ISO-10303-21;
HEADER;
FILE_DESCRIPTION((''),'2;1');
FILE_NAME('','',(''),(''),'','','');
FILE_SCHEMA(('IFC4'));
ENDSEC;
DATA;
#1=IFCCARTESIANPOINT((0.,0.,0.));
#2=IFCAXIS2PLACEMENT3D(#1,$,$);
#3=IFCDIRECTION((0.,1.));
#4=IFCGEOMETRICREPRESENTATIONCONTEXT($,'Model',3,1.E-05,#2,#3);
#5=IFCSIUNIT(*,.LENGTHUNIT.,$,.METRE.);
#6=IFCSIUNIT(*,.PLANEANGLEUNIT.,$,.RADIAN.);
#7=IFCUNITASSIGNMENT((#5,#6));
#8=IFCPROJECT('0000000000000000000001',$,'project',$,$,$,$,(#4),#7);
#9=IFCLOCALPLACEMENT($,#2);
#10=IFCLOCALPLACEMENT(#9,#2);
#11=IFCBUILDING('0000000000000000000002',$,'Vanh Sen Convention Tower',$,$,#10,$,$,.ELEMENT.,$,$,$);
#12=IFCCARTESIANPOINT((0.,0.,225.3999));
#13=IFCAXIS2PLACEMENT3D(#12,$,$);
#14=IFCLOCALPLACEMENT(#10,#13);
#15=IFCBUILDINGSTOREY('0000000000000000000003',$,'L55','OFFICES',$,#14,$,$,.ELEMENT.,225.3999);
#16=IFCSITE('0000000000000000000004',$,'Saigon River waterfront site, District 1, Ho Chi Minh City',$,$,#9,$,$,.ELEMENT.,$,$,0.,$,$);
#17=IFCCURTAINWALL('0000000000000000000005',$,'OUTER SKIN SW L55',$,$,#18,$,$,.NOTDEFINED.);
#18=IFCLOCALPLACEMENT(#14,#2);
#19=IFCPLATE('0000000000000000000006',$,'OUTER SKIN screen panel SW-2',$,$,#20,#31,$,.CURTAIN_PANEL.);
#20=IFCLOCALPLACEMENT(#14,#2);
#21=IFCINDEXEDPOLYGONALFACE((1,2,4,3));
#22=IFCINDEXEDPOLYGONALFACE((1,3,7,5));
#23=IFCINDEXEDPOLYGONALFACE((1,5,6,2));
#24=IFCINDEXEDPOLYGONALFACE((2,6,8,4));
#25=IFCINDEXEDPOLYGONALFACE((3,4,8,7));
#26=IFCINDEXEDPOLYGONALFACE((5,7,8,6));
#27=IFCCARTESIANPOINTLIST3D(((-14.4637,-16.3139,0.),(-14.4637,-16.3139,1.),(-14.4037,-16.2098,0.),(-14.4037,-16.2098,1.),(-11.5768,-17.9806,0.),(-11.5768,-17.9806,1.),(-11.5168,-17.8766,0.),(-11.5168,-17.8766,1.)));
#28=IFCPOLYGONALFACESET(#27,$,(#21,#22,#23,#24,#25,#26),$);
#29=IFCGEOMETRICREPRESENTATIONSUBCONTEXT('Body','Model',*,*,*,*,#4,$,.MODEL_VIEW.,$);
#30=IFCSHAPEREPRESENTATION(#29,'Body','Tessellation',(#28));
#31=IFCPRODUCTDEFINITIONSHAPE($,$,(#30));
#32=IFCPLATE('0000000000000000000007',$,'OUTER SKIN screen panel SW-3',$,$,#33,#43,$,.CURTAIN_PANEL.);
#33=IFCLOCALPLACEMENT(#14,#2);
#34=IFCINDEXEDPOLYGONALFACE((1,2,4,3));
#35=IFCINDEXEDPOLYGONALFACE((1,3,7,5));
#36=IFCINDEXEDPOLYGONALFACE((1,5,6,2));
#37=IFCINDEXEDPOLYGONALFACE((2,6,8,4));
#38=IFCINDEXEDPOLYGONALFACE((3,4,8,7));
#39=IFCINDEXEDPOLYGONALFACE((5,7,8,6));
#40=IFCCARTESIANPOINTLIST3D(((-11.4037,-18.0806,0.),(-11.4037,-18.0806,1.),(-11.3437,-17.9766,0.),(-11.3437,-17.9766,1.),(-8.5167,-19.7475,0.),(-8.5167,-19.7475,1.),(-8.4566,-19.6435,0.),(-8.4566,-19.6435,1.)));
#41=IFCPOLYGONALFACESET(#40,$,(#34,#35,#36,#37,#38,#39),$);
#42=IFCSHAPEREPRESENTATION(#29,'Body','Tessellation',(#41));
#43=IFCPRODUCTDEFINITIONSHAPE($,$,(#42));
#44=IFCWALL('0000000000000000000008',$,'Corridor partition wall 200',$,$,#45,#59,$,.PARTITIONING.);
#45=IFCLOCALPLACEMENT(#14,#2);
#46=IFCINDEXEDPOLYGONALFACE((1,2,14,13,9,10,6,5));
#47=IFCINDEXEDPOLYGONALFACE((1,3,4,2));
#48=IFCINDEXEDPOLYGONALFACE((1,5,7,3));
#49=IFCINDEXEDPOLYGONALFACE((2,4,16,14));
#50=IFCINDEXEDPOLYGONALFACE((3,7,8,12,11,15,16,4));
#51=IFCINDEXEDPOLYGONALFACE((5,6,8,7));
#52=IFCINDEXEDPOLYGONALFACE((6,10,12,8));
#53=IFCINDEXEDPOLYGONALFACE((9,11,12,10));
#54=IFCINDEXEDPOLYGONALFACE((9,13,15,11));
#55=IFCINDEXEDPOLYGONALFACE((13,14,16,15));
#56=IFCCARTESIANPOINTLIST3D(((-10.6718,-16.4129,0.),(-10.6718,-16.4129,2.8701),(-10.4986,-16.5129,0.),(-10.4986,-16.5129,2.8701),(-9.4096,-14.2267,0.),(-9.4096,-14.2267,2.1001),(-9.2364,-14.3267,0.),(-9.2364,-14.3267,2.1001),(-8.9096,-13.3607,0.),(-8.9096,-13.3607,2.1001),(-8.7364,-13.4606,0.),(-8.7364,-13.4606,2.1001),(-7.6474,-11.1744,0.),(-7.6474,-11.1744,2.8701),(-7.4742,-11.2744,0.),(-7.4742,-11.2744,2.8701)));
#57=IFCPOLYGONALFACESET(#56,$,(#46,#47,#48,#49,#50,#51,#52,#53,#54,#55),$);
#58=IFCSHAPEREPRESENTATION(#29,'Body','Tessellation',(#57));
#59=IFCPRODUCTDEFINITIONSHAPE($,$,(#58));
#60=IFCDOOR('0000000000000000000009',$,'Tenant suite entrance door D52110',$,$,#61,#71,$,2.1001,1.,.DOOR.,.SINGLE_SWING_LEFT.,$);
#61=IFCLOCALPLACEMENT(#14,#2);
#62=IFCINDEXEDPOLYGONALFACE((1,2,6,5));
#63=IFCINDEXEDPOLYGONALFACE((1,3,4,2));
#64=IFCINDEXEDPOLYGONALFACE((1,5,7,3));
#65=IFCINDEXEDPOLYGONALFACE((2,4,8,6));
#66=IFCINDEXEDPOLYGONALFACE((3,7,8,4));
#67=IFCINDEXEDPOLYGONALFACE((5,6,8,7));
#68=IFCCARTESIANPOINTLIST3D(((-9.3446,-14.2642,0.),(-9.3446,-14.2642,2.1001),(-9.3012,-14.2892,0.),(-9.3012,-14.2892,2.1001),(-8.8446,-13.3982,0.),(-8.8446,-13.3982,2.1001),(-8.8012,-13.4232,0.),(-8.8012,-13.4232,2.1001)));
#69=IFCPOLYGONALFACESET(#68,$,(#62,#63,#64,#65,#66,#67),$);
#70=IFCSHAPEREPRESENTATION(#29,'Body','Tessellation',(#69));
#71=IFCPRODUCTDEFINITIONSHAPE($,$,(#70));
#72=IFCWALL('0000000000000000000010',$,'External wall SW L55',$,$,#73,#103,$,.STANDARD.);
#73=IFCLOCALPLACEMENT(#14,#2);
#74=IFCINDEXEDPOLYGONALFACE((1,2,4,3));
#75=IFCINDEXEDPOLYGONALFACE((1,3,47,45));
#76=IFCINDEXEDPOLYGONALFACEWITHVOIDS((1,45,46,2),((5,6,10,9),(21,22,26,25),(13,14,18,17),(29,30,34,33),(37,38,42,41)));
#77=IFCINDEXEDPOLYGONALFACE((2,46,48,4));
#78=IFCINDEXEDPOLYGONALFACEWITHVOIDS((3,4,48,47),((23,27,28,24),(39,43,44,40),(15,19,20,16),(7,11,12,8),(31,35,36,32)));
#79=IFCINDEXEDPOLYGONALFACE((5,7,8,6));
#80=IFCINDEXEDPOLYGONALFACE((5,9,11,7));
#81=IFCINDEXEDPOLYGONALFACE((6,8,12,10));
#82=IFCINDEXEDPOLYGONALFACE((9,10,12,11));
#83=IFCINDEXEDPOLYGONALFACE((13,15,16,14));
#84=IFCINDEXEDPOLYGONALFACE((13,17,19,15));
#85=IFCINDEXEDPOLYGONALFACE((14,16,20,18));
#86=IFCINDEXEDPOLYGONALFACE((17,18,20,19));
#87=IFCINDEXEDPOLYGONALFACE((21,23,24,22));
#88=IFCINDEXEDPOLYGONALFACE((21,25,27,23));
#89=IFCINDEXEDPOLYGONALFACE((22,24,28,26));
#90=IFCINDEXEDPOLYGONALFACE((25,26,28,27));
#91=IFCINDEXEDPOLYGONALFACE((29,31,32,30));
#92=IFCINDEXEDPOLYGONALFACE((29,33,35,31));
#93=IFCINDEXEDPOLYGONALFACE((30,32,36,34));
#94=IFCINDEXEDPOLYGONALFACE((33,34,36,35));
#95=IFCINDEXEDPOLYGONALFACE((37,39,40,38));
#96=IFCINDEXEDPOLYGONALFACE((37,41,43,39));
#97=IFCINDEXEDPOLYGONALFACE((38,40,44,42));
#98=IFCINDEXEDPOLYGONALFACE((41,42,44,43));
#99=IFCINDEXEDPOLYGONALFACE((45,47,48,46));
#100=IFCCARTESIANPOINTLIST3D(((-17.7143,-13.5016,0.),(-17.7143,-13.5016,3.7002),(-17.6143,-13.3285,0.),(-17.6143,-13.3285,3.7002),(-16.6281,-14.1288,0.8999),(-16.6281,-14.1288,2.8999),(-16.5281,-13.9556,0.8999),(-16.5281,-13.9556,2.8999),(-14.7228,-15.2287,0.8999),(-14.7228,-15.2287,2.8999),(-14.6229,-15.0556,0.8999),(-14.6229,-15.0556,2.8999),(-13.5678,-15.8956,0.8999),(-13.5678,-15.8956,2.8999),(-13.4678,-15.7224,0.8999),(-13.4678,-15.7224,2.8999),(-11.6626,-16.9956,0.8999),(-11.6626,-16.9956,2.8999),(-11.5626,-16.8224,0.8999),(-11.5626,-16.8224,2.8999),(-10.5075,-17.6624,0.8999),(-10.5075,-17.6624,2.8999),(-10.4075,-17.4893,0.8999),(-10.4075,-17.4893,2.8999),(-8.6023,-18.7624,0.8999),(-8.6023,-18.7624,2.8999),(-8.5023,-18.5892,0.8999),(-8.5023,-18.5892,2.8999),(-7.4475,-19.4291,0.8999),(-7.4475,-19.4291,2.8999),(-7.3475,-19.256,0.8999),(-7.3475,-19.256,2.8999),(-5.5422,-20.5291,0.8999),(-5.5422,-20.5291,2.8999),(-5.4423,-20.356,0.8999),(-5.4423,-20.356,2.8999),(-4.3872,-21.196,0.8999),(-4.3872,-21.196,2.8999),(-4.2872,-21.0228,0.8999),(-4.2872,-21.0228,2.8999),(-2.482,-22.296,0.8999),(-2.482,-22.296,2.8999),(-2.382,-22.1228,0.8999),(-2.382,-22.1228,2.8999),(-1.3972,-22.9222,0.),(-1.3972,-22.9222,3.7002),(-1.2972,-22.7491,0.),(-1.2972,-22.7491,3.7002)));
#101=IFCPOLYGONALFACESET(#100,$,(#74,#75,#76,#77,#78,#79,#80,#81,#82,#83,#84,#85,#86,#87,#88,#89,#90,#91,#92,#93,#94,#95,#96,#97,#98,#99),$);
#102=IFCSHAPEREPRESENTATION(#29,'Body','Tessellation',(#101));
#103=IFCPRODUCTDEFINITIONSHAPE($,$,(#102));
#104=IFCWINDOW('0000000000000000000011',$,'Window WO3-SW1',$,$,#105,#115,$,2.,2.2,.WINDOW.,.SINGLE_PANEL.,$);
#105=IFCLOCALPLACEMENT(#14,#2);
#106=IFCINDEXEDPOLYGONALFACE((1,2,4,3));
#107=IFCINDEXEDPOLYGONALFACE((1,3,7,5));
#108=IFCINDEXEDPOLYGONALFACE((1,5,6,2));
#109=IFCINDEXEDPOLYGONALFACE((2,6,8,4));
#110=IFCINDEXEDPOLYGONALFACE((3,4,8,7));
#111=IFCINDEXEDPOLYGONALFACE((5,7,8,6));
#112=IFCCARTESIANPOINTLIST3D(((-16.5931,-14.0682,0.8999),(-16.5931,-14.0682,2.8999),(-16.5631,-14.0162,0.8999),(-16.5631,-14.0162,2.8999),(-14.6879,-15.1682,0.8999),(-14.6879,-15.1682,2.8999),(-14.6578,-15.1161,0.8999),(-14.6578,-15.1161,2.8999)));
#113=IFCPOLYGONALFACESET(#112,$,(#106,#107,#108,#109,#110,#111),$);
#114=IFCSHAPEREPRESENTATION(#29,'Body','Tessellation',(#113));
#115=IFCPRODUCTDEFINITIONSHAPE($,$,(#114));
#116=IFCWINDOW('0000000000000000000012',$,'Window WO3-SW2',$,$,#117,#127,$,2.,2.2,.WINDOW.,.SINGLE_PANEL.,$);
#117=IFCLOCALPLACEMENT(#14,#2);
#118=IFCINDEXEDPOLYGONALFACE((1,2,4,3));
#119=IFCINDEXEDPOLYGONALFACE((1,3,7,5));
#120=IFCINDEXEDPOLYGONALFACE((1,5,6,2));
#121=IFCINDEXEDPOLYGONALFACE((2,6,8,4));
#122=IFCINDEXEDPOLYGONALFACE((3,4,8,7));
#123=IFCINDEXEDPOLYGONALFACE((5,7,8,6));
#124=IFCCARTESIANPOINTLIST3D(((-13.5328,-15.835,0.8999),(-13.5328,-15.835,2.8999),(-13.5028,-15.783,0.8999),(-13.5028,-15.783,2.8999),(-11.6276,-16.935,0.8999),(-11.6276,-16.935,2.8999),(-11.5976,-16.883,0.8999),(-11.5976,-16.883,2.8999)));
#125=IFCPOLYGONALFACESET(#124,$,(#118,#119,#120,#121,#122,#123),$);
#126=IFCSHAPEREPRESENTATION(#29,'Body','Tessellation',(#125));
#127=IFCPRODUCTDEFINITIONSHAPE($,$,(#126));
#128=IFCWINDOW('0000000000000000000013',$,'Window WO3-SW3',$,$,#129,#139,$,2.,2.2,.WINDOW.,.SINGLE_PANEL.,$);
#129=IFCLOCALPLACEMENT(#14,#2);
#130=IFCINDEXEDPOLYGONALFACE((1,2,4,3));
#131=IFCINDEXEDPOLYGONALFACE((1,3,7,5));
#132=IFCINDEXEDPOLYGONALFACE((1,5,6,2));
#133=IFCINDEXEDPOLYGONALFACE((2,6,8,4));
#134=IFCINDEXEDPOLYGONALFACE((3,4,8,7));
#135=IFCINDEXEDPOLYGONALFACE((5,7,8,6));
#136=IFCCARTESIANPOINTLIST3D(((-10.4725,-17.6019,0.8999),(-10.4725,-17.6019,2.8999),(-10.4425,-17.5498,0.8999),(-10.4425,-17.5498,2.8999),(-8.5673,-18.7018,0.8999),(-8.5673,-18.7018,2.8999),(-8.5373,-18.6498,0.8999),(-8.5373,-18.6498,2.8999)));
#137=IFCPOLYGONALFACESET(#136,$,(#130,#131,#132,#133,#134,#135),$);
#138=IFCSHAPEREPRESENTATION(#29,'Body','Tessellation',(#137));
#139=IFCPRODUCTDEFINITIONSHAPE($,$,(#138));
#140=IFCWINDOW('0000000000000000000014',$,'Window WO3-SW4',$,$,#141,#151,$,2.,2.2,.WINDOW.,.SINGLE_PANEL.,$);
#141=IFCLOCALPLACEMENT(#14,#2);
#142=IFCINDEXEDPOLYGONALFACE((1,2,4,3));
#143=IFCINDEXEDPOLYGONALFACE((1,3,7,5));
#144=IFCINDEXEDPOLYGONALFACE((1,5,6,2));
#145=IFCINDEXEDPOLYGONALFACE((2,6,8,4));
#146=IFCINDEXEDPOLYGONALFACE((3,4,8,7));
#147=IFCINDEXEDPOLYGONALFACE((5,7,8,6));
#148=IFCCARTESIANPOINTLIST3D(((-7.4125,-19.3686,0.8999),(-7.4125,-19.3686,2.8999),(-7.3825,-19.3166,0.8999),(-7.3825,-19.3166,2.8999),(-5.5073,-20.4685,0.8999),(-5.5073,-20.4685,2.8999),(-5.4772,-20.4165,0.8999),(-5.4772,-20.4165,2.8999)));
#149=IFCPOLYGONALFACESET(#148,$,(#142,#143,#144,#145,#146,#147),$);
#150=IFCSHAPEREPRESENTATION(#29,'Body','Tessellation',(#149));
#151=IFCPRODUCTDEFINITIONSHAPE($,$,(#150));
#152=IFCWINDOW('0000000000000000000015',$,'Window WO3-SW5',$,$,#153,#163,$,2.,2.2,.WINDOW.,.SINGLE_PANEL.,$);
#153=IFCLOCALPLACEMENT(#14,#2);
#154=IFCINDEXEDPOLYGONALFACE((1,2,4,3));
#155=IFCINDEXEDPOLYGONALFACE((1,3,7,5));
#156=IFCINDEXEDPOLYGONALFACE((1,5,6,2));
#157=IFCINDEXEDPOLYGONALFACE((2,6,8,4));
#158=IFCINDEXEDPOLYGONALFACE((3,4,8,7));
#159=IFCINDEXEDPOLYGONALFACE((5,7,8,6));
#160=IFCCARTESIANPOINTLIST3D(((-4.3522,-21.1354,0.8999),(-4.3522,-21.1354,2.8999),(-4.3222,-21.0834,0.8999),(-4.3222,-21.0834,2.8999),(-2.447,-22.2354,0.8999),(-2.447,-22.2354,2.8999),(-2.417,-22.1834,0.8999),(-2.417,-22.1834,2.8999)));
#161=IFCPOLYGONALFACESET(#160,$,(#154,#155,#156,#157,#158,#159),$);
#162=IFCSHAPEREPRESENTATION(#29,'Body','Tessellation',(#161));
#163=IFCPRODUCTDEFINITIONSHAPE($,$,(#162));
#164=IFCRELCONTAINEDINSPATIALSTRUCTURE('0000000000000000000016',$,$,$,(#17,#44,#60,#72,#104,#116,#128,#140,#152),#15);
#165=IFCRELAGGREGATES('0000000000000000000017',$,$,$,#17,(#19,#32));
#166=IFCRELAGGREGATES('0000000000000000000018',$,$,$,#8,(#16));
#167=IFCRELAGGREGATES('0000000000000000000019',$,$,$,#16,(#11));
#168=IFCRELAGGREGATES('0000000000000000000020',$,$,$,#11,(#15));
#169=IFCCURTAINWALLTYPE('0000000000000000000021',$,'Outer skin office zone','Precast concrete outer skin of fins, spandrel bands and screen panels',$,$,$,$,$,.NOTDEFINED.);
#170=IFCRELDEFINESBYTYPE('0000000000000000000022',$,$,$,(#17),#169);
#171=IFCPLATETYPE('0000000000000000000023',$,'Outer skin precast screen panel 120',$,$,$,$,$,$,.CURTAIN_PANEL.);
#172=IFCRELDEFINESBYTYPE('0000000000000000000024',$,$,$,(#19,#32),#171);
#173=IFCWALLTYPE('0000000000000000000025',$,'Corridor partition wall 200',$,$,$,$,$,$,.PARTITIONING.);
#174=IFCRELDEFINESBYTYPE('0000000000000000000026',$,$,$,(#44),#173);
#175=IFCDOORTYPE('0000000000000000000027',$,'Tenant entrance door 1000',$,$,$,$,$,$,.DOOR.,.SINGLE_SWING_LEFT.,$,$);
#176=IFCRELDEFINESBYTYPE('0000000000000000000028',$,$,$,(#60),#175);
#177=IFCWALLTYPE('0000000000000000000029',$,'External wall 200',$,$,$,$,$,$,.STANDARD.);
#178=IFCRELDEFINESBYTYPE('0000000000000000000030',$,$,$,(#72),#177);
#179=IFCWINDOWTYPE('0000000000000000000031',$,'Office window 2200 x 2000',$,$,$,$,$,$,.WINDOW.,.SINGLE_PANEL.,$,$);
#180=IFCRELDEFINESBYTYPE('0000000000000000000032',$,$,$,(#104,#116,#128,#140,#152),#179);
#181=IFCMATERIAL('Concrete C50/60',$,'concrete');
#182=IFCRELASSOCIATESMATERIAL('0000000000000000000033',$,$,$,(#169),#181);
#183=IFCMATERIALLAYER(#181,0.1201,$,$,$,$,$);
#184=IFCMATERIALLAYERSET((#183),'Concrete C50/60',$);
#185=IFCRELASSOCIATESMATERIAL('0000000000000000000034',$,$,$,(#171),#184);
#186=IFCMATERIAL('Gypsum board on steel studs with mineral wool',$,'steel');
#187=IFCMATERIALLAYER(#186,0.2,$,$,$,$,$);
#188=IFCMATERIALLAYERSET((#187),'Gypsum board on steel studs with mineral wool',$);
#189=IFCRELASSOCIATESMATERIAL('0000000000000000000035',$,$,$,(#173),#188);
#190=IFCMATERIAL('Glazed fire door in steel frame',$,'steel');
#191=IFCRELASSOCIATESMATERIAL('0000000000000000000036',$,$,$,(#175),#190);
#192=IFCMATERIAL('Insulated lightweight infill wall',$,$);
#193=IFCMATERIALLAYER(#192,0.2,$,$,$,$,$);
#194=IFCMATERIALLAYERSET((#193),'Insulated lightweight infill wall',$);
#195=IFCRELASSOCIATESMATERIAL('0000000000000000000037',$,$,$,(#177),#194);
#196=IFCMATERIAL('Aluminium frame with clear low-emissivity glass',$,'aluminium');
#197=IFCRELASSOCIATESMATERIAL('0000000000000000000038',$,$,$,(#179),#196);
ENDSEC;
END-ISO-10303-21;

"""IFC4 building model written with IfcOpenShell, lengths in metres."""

from ifc_helpers import new_model, si_unit, direction, frame, frame_2d, origin, origin_2d, place, context, subcontext, project, spatial, rectangle, extrude, material, layer, layer_set, type_object, element, fill, aggregate, save


model = new_model("IFC4")

# Units and contexts
model_context = context("Model", 3, precision=1e-05, world=origin(), true_north=direction((0.0, 1.0)))
body_context = subcontext(model_context, "Body", "Model", "MODEL_VIEW")
ifc_project = project(units=[si_unit("LENGTHUNIT", "METRE"), si_unit("PLANEANGLEUNIT", "RADIAN")], contexts=[model_context])

# Site, building, storey
site_placement = place(None, origin())
site = spatial("IfcSite", under=ifc_project, at=site_placement, Name="Saigon River waterfront site, District 1, Ho Chi Minh City", CompositionType="ELEMENT", RefElevation=0.0)
building_placement = place(site_placement, origin())
building = spatial("IfcBuilding", under=site, at=building_placement, Name="Vanh Sen Convention Tower", CompositionType="ELEMENT")
storey_placement = place(building_placement, frame((0.0, 0.0, 225.3999)))
storey = spatial("IfcBuildingStorey", under=building, at=storey_placement, Name="L55", Description="OFFICES", CompositionType="ELEMENT", Elevation=225.3999)

# Curtain wall
ifc_material_1 = material(Name="Concrete C50/60", Category="concrete")
curtain_wall_type = type_object("IfcCurtainWallType", Name="Outer skin office zone", Description="Precast concrete outer skin of fins, spandrel bands and screen panels", PredefinedType="NOTDEFINED", material=ifc_material_1)
curtain_wall_placement = place(storey_placement, origin())
curtain_wall = element("IfcCurtainWall", 1, at=curtain_wall_placement, inside=storey, type_object=curtain_wall_type, Name="OUTER SKIN SW L55", PredefinedType="NOTDEFINED")

# Plates
ifc_layer_1 = layer(ifc_material_1, 0.1201)
ifc_layer_set_1 = layer_set([ifc_layer_1], Name="Concrete C50/60")
plate_type = type_object("IfcPlateType", Name="Outer skin precast screen panel 120", PredefinedType="CURTAIN_PANEL", material=ifc_layer_set_1)
plate_1_placement = place(storey_placement, frame((-12.9902, -17.0952, 0.0), z_axis=(0.0, 0.0, 1.0), x_axis=(0.866026, -0.499998, 0.0)))
plate_1 = element("IfcPlate", 2, at=plate_1_placement, type_object=plate_type, Name="OUTER SKIN screen panel SW-2", PredefinedType="CURTAIN_PANEL", context=body_context, shape_type="SweptSolid", body=[
    extrude(rectangle(XDim=3.3335, YDim=0.1201, at=origin_2d()), origin(), (0.0, 0.0, 1.0), 1.0),
])
plate_2_placement = place(storey_placement, frame((-9.9302, -18.8621, 0.0), z_axis=(0.0, 0.0, 1.0), x_axis=(0.866014, -0.50002, 0.0)))
plate_2 = element("IfcPlate", 3, at=plate_2_placement, type_object=plate_type, Name="OUTER SKIN screen panel SW-3", PredefinedType="CURTAIN_PANEL", context=body_context, shape_type="SweptSolid", body=[
    extrude(rectangle(XDim=3.3337, YDim=0.1201, at=origin_2d()), origin(), (0.0, 0.0, 1.0), 1.0),
])
aggregate(curtain_wall, [plate_1, plate_2])

# Wall, opening, door
ifc_material_2 = material(Name="Gypsum board on steel studs with mineral wool", Category="steel")
ifc_layer_2 = layer(ifc_material_2, 0.2)
ifc_layer_set_2 = layer_set([ifc_layer_2], Name="Gypsum board on steel studs with mineral wool")
wall_type_1 = type_object("IfcWallType", Name="Corridor partition wall 200", PredefinedType="PARTITIONING", material=ifc_layer_set_2)
wall_1_placement = place(storey_placement, frame((-10.5852, -16.4629, 0.0), z_axis=(0.0, 0.0, 1.0), x_axis=(0.499994, 0.866029, 0.0)))
wall_1 = element("IfcWall", 4, at=wall_1_placement, inside=storey, type_object=wall_type_1, Name="Corridor partition wall 200", PredefinedType="PARTITIONING", context=body_context, shape_type="SweptSolid", body=[
    extrude(rectangle(XDim=6.0488, YDim=0.2, at=frame_2d((3.0244, 0.0))), origin(), (0.0, 0.0, 1.0), 2.8701),
])
opening_1_placement = place(wall_1_placement, frame((2.5244, 0.0, 0.0)))
opening_1 = element("IfcOpeningElement", 5, at=opening_1_placement, cuts=wall_1, PredefinedType="OPENING", context=body_context, shape_type="SweptSolid", body=[
    extrude(rectangle(XDim=1.0, YDim=2.1001, at=frame_2d((0.5, 1.05))), frame((0.0, 0.1099, 0.0), z_axis=(0.0, -1.0, 0.0), x_axis=(1.0, 0.0, 0.0)), (0.0, 0.0, 1.0), 0.22),
])
ifc_material_3 = material(Name="Glazed fire door in steel frame", Category="steel")
door_type = type_object("IfcDoorType", Name="Tenant entrance door 1000", OperationType="SINGLE_SWING_LEFT", PredefinedType="DOOR", material=ifc_material_3)
door_placement = place(opening_1_placement, origin())
door = element("IfcDoor", 6, at=door_placement, inside=storey, type_object=door_type, Name="Tenant suite entrance door D52110", OperationType="SINGLE_SWING_LEFT", OverallHeight=2.1001, OverallWidth=1.0, PredefinedType="DOOR", context=body_context, shape_type="SweptSolid", body=[
    extrude(rectangle(XDim=1.0, YDim=2.1001, at=frame_2d((0.5, 1.05))), frame((0.0, 0.0249, 0.0), z_axis=(0.0, -1.0, 0.0), x_axis=(1.0, 0.0, 0.0)), (0.0, 0.0, 1.0), 0.05),
])
fill(opening_1, door)

# Wall, openings, windows
ifc_material_4 = material(Name="Insulated lightweight infill wall")
ifc_layer_3 = layer(ifc_material_4, 0.2)
ifc_layer_set_3 = layer_set([ifc_layer_3], Name="Insulated lightweight infill wall")
wall_type_2 = type_object("IfcWallType", Name="External wall 200", PredefinedType="STANDARD", material=ifc_layer_set_3)
wall_2_placement = place(storey_placement, frame((-17.6643, -13.415, 0.0), z_axis=(0.0, 0.0, 1.0), x_axis=(0.866027, -0.499998, 0.0)))
wall_2 = element("IfcWall", 7, at=wall_2_placement, inside=storey, type_object=wall_type_2, Name="External wall SW L55", PredefinedType="STANDARD", context=body_context, shape_type="SweptSolid", body=[
    extrude(rectangle(XDim=18.8413, YDim=0.2, at=frame_2d((9.4207, 0.0))), origin(), (0.0, 0.0, 1.0), 3.7002),
])
opening_2_placement = place(wall_2_placement, frame((1.2542, 0.0, 0.8999)))
opening_2 = element("IfcOpeningElement", 8, at=opening_2_placement, cuts=wall_2, PredefinedType="OPENING", context=body_context, shape_type="SweptSolid", body=[
    extrude(rectangle(XDim=2.2, YDim=2.0, at=frame_2d((1.1001, 1.0))), frame((0.0, 0.1099, 0.0), z_axis=(0.0, -1.0, 0.0), x_axis=(1.0, 0.0, 0.0)), (0.0, 0.0, 1.0), 0.22),
])
opening_3_placement = place(wall_2_placement, frame((4.7878, 0.0, 0.8999)))
opening_3 = element("IfcOpeningElement", 9, at=opening_3_placement, cuts=wall_2, PredefinedType="OPENING", context=body_context, shape_type="SweptSolid", body=[
    extrude(rectangle(XDim=2.2, YDim=2.0, at=frame_2d((1.1001, 1.0))), frame((0.0, 0.1099, 0.0), z_axis=(0.0, -1.0, 0.0), x_axis=(1.0, 0.0, 0.0)), (0.0, 0.0, 1.0), 0.22),
])
opening_4_placement = place(wall_2_placement, frame((8.3215, 0.0, 0.8999)))
opening_4 = element("IfcOpeningElement", 10, at=opening_4_placement, cuts=wall_2, PredefinedType="OPENING", context=body_context, shape_type="SweptSolid", body=[
    extrude(rectangle(XDim=2.2, YDim=2.0, at=frame_2d((1.1001, 1.0))), frame((0.0, 0.1099, 0.0), z_axis=(0.0, -1.0, 0.0), x_axis=(1.0, 0.0, 0.0)), (0.0, 0.0, 1.0), 0.22),
])
opening_5_placement = place(wall_2_placement, frame((11.855, 0.0, 0.8999)))
opening_5 = element("IfcOpeningElement", 11, at=opening_5_placement, cuts=wall_2, PredefinedType="OPENING", context=body_context, shape_type="SweptSolid", body=[
    extrude(rectangle(XDim=2.2, YDim=2.0, at=frame_2d((1.1001, 1.0))), frame((0.0, 0.1099, 0.0), z_axis=(0.0, -1.0, 0.0), x_axis=(1.0, 0.0, 0.0)), (0.0, 0.0, 1.0), 0.22),
])
opening_6_placement = place(wall_2_placement, frame((15.3887, 0.0, 0.8999)))
opening_6 = element("IfcOpeningElement", 12, at=opening_6_placement, cuts=wall_2, PredefinedType="OPENING", context=body_context, shape_type="SweptSolid", body=[
    extrude(rectangle(XDim=2.2, YDim=2.0, at=frame_2d((1.1001, 1.0))), frame((0.0, 0.1099, 0.0), z_axis=(0.0, -1.0, 0.0), x_axis=(1.0, 0.0, 0.0)), (0.0, 0.0, 1.0), 0.22),
])
ifc_material_5 = material(Name="Aluminium frame with clear low-emissivity glass", Category="aluminium")
window_type = type_object("IfcWindowType", Name="Office window 2200 x 2000", PartitioningType="SINGLE_PANEL", PredefinedType="WINDOW", material=ifc_material_5)
window_1_placement = place(opening_2_placement, origin())
window_1 = element("IfcWindow", 13, at=window_1_placement, inside=storey, type_object=window_type, Name="Window WO3-SW1", OverallHeight=2.0, OverallWidth=2.2, PartitioningType="SINGLE_PANEL", PredefinedType="WINDOW", context=body_context, shape_type="SweptSolid", body=[
    extrude(rectangle(XDim=2.2, YDim=2.0, at=frame_2d((1.1001, 1.0))), frame((0.0, 0.03, 0.0), z_axis=(0.0, -1.0, 0.0), x_axis=(1.0, 0.0, 0.0)), (0.0, 0.0, 1.0), 0.0601),
])
fill(opening_2, window_1)
window_2_placement = place(opening_3_placement, origin())
window_2 = element("IfcWindow", 14, at=window_2_placement, inside=storey, type_object=window_type, Name="Window WO3-SW2", OverallHeight=2.0, OverallWidth=2.2, PartitioningType="SINGLE_PANEL", PredefinedType="WINDOW", context=body_context, shape_type="SweptSolid", body=[
    extrude(rectangle(XDim=2.2, YDim=2.0, at=frame_2d((1.1001, 1.0))), frame((0.0, 0.03, 0.0), z_axis=(0.0, -1.0, 0.0), x_axis=(1.0, 0.0, 0.0)), (0.0, 0.0, 1.0), 0.0601),
])
fill(opening_3, window_2)
window_3_placement = place(opening_4_placement, origin())
window_3 = element("IfcWindow", 15, at=window_3_placement, inside=storey, type_object=window_type, Name="Window WO3-SW3", OverallHeight=2.0, OverallWidth=2.2, PartitioningType="SINGLE_PANEL", PredefinedType="WINDOW", context=body_context, shape_type="SweptSolid", body=[
    extrude(rectangle(XDim=2.2, YDim=2.0, at=frame_2d((1.1001, 1.0))), frame((0.0, 0.03, 0.0), z_axis=(0.0, -1.0, 0.0), x_axis=(1.0, 0.0, 0.0)), (0.0, 0.0, 1.0), 0.0601),
])
fill(opening_4, window_3)
window_4_placement = place(opening_5_placement, origin())
window_4 = element("IfcWindow", 16, at=window_4_placement, inside=storey, type_object=window_type, Name="Window WO3-SW4", OverallHeight=2.0, OverallWidth=2.2, PartitioningType="SINGLE_PANEL", PredefinedType="WINDOW", context=body_context, shape_type="SweptSolid", body=[
    extrude(rectangle(XDim=2.2, YDim=2.0, at=frame_2d((1.1001, 1.0))), frame((0.0, 0.03, 0.0), z_axis=(0.0, -1.0, 0.0), x_axis=(1.0, 0.0, 0.0)), (0.0, 0.0, 1.0), 0.0601),
])
fill(opening_5, window_4)
window_5_placement = place(opening_6_placement, origin())
window_5 = element("IfcWindow", 17, at=window_5_placement, inside=storey, type_object=window_type, Name="Window WO3-SW5", OverallHeight=2.0, OverallWidth=2.2, PartitioningType="SINGLE_PANEL", PredefinedType="WINDOW", context=body_context, shape_type="SweptSolid", body=[
    extrude(rectangle(XDim=2.2, YDim=2.0, at=frame_2d((1.1001, 1.0))), frame((0.0, 0.03, 0.0), z_axis=(0.0, -1.0, 0.0), x_axis=(1.0, 0.0, 0.0)), (0.0, 0.0, 1.0), 0.0601),
])
fill(opening_6, window_5)

save(model, "model.ifc")
